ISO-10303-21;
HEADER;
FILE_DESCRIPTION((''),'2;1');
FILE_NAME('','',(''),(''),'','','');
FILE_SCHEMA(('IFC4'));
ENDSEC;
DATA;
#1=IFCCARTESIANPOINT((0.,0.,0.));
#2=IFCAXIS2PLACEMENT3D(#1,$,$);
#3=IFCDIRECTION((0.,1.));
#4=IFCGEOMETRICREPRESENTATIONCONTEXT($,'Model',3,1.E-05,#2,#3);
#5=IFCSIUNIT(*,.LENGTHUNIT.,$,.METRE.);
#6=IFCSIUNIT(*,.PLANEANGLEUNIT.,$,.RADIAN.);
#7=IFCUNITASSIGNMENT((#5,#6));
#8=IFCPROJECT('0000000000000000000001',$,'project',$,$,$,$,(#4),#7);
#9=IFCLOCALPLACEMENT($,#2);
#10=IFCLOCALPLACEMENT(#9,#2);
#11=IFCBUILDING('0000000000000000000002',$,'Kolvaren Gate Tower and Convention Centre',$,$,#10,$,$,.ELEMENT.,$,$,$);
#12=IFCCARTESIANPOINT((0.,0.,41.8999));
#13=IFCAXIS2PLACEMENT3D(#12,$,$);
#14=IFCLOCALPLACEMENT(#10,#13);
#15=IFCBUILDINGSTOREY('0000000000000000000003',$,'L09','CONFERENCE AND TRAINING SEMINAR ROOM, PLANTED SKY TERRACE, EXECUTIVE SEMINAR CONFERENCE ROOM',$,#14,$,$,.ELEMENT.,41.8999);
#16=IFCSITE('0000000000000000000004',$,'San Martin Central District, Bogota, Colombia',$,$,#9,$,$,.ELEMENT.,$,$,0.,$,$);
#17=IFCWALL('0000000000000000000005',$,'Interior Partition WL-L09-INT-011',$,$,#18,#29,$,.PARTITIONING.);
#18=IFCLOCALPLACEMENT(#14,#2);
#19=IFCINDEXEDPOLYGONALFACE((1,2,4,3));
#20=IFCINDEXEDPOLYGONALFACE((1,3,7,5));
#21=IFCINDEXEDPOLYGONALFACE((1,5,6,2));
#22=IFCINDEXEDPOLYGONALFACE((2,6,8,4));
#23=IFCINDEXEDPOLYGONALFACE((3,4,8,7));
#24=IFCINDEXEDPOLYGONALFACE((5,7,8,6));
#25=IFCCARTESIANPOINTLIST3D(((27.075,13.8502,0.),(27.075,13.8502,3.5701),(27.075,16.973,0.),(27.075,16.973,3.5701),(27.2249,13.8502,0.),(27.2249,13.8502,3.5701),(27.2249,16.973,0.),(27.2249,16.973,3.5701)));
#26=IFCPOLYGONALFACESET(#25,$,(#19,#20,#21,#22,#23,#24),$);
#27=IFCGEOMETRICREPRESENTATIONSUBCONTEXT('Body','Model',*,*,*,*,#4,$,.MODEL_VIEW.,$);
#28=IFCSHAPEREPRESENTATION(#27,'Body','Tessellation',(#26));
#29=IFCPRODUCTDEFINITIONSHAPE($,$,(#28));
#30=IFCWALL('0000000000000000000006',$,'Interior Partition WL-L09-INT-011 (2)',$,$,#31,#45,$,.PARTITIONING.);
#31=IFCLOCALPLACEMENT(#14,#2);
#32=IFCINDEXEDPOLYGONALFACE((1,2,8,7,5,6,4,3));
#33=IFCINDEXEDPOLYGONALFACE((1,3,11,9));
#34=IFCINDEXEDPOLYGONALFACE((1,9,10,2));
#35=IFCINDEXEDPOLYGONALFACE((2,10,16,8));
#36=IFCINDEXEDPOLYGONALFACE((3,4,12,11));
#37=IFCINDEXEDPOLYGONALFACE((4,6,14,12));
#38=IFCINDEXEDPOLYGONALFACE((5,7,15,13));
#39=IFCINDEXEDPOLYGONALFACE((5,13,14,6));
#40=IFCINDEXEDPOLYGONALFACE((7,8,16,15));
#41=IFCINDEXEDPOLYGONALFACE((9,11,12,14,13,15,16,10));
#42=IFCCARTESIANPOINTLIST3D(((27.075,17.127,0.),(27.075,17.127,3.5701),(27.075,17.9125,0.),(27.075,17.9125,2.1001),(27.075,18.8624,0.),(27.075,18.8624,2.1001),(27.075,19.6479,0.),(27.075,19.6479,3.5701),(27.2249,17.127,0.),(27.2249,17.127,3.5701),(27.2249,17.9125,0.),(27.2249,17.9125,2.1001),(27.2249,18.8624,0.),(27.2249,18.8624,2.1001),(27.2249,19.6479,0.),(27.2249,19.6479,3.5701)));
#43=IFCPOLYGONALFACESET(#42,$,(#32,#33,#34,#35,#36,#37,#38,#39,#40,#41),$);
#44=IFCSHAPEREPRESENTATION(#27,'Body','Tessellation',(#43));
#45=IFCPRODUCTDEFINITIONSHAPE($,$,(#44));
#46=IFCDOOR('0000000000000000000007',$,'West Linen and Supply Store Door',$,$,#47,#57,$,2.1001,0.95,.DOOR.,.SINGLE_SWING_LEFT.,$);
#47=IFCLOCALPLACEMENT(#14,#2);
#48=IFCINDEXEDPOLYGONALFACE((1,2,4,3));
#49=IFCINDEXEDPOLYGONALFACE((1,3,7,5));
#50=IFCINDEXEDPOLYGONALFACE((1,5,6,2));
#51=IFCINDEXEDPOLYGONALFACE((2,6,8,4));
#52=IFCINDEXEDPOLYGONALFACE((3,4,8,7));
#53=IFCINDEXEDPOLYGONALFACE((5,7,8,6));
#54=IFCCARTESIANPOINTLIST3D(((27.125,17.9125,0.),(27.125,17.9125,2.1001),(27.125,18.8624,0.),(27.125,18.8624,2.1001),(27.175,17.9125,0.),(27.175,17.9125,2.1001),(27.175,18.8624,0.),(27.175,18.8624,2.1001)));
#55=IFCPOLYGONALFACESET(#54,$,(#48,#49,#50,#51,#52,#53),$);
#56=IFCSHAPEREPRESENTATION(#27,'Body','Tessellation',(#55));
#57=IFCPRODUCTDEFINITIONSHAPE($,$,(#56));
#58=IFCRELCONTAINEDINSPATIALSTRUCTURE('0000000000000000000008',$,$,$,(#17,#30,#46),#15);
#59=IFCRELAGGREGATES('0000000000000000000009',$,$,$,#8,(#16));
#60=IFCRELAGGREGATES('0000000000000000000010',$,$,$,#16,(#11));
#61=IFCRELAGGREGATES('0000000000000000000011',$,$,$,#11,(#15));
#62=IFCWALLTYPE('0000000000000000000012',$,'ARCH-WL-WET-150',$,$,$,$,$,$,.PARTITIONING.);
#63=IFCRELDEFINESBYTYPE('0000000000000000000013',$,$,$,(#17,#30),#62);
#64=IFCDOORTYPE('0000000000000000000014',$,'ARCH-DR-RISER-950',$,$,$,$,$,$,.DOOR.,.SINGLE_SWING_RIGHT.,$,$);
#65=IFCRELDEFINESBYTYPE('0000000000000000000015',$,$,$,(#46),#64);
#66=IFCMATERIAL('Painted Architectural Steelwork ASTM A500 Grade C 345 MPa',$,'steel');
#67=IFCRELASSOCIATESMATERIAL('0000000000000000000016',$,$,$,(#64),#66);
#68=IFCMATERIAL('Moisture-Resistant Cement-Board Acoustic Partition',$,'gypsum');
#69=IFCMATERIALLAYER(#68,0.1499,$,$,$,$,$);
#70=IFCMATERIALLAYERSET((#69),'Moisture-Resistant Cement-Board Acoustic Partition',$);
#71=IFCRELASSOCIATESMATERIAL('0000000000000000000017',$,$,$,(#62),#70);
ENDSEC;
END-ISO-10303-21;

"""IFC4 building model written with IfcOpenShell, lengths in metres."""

from ifc_helpers import new_model, si_unit, direction, frame, frame_2d, origin, place, context, subcontext, project, spatial, rectangle, extrude, material, layer, layer_set, type_object, element, fill, save


model = new_model("IFC4")

# Units and contexts
model_context = context("Model", 3, precision=1e-05, world=origin(), true_north=direction((0.0, 1.0)))
body_context = subcontext(model_context, "Body", "Model", "MODEL_VIEW")
ifc_project = project(units=[si_unit("LENGTHUNIT", "METRE"), si_unit("PLANEANGLEUNIT", "RADIAN")], contexts=[model_context])

# Site, building, storey
site_placement = place(None, origin())
site = spatial("IfcSite", under=ifc_project, at=site_placement, Name="San Martin Central District, Bogota, Colombia", CompositionType="ELEMENT", RefElevation=0.0)
building_placement = place(site_placement, origin())
building = spatial("IfcBuilding", under=site, at=building_placement, Name="Kolvaren Gate Tower and Convention Centre", CompositionType="ELEMENT")
storey_placement = place(building_placement, frame((0.0, 0.0, 41.8999)))
storey = spatial("IfcBuildingStorey", under=building, at=storey_placement, Name="L09", Description="CONFERENCE AND TRAINING SEMINAR ROOM, PLANTED SKY TERRACE, EXECUTIVE SEMINAR CONFERENCE ROOM", CompositionType="ELEMENT", Elevation=41.8999)

# Shared definitions
ifc_material_1 = material(Name="Painted Architectural Steelwork ASTM A500 Grade C 345 MPa", Category="steel")
door_type_1 = type_object("IfcDoorType", Name="ARCH-DR-RISER-950", OperationType="SINGLE_SWING_RIGHT", PredefinedType="DOOR", material=ifc_material_1)

# Wall
ifc_material_2 = material(Name="Moisture-Resistant Cement-Board Acoustic Partition", Category="gypsum")
ifc_layer_1 = layer(ifc_material_2, 0.1499)
ifc_layer_set_1 = layer_set([ifc_layer_1], Name="Moisture-Resistant Cement-Board Acoustic Partition")
wall_type_1 = type_object("IfcWallType", Name="ARCH-WL-WET-150", PredefinedType="PARTITIONING", material=ifc_layer_set_1)
wall_1_placement = place(storey_placement, frame((27.1499, 13.8501, 0.0), z_axis=(0.0, 0.0, 1.0), x_axis=(0.0, 1.0, 0.0)))
element("IfcWall", 1, at=wall_1_placement, inside=storey, type_object=wall_type_1, Name="Interior Partition WL-L09-INT-011", PredefinedType="PARTITIONING", context=body_context, shape_type="SweptSolid", body=[
    extrude(rectangle(XDim=3.1228, YDim=0.1499, at=frame_2d((1.5615, 0.0))), origin(), (0.0, 0.0, 1.0), 3.5701),
])

# Wall, opening, door
wall_2_placement = place(storey_placement, frame((27.1499, 17.127, 0.0), z_axis=(0.0, 0.0, 1.0), x_axis=(0.0, 1.0, 0.0)))
wall_2 = element("IfcWall", 2, at=wall_2_placement, inside=storey, type_object=wall_type_1, Name="Interior Partition WL-L09-INT-011 (2)", PredefinedType="PARTITIONING", context=body_context, shape_type="SweptSolid", body=[
    extrude(rectangle(XDim=2.521, YDim=0.1499, at=frame_2d((1.2605, 0.0))), origin(), (0.0, 0.0, 1.0), 3.5701),
])
opening_1_placement = place(wall_2_placement, frame((0.7854, 0.0, 0.0)))
opening_1 = element("IfcOpeningElement", 3, at=opening_1_placement, cuts=wall_2, PredefinedType="OPENING", context=body_context, shape_type="SweptSolid", body=[
    extrude(rectangle(XDim=0.95, YDim=2.1001, at=frame_2d((0.4751, 1.05))), frame((0.0, 0.085, 0.0), z_axis=(0.0, -1.0, 0.0), x_axis=(1.0, 0.0, 0.0)), (0.0, 0.0, 1.0), 0.1699),
])
door_1_placement = place(opening_1_placement, origin())
door_1 = element("IfcDoor", 4, at=door_1_placement, inside=storey, type_object=door_type_1, Name="West Linen and Supply Store Door", OperationType="SINGLE_SWING_LEFT", OverallHeight=2.1001, OverallWidth=0.95, PredefinedType="DOOR", context=body_context, shape_type="SweptSolid", body=[
    extrude(rectangle(XDim=0.95, YDim=2.1001, at=frame_2d((0.4751, 1.05))), frame((0.0, 0.0249, 0.0), z_axis=(0.0, -1.0, 0.0), x_axis=(1.0, 0.0, 0.0)), (0.0, 0.0, 1.0), 0.05),
])
fill(opening_1, door_1)

save(model, "model.ifc")
